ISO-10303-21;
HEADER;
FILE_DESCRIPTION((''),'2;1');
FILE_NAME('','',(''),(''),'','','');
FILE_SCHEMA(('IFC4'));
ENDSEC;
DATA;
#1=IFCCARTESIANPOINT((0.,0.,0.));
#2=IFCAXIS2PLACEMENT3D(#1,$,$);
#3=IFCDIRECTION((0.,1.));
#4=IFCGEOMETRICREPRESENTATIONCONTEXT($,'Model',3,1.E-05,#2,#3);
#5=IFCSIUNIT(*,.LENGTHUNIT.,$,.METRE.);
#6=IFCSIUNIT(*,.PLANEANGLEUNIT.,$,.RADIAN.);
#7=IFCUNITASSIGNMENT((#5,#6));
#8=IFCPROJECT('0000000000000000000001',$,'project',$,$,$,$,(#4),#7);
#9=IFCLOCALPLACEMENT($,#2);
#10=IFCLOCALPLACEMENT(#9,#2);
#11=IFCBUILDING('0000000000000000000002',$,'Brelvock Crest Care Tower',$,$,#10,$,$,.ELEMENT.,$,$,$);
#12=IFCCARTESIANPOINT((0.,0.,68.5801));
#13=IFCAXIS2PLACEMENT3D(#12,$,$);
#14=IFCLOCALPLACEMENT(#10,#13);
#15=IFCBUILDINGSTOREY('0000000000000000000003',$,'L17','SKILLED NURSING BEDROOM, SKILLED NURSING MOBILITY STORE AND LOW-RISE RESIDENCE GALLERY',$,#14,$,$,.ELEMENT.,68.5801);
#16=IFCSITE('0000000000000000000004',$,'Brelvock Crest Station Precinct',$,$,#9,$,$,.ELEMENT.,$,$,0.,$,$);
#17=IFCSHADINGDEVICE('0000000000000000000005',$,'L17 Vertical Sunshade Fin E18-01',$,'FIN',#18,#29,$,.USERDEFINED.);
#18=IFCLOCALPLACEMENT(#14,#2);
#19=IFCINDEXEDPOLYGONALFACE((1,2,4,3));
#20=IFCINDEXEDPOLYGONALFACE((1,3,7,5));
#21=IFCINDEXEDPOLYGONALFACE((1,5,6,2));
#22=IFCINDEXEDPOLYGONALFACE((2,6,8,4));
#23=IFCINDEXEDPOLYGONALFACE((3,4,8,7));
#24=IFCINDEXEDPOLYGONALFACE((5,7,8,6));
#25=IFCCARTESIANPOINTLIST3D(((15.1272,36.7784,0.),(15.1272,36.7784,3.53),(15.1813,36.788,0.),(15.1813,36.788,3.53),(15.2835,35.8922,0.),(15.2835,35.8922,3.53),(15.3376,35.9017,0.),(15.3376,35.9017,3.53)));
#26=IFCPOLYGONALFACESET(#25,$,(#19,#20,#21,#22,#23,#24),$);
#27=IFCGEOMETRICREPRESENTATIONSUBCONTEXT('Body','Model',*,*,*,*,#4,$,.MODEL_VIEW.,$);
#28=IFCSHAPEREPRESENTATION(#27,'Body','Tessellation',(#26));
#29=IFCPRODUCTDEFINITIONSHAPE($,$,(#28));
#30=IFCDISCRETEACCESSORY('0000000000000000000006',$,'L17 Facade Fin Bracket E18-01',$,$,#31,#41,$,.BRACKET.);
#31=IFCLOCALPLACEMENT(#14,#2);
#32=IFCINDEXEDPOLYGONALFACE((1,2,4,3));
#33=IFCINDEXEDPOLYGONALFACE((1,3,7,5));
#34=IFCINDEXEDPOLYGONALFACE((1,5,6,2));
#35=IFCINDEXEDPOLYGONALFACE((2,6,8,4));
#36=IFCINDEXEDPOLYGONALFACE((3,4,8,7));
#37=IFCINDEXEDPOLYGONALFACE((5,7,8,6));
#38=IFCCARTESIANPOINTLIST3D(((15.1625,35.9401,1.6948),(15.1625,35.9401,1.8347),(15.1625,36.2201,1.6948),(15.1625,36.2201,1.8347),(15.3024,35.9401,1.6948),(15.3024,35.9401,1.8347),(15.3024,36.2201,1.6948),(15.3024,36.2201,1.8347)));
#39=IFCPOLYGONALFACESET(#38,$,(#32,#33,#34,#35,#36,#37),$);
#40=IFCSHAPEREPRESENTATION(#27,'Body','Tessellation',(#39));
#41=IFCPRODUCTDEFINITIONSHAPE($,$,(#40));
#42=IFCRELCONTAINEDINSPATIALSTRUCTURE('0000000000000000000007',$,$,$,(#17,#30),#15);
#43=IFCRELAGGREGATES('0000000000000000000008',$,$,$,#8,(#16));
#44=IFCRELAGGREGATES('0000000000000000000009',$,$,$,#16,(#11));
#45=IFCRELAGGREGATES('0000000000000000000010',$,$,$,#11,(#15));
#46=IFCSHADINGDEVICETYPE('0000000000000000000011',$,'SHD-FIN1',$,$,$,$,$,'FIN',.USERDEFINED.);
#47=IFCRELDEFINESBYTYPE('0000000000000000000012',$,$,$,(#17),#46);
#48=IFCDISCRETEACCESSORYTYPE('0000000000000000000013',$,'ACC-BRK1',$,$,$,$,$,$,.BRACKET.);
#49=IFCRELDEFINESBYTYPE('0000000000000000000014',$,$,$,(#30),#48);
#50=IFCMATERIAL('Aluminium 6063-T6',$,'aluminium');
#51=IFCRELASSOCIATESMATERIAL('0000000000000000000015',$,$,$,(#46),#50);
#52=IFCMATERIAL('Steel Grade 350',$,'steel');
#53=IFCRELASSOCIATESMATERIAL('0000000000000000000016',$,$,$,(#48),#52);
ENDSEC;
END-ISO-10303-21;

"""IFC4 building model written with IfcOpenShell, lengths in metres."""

from ifc_helpers import new_model, si_unit, direction, frame, origin, origin_2d, place, context, subcontext, project, spatial, rectangle, extrude, source, transform, mapped, material, material_profile, profile_set, type_object, element, save


model = new_model("IFC4")

# Units and contexts
model_context = context("Model", 3, precision=1e-05, world=origin(), true_north=direction((0.0, 1.0)))
body_context = subcontext(model_context, "Body", "Model", "MODEL_VIEW")
ifc_project = project(units=[si_unit("LENGTHUNIT", "METRE"), si_unit("PLANEANGLEUNIT", "RADIAN")], contexts=[model_context])

# Site, building, storey
site_placement = place(None, origin())
site = spatial("IfcSite", under=ifc_project, at=site_placement, Name="Brelvock Crest Station Precinct", CompositionType="ELEMENT", RefElevation=0.0)
building_placement = place(site_placement, origin())
building = spatial("IfcBuilding", under=site, at=building_placement, Name="Brelvock Crest Care Tower", CompositionType="ELEMENT")
storey_placement = place(building_placement, frame((0.0, 0.0, 68.5801)))
storey = spatial("IfcBuildingStorey", under=building, at=storey_placement, Name="L17", Description="SKILLED NURSING BEDROOM, SKILLED NURSING MOBILITY STORE AND LOW-RISE RESIDENCE GALLERY", CompositionType="ELEMENT", Elevation=68.5801)

# Shared definitions
ifc_material_1 = material(Name="Steel Grade 350", Category="steel")

# Shared definitions
ifc_material_2 = material(Name="Aluminium 6063-T6", Category="aluminium")

# Shading device
ifc_material_profile_1 = material_profile(ifc_material_2, rectangle(XDim=0.0549, YDim=0.8999, at=origin_2d()), Name="FIN55x900")
ifc_profile_set_1 = profile_set([ifc_material_profile_1], Name="Aluminium 6063-T6")
shading_device_type = type_object("IfcShadingDeviceType", Name="SHD-FIN1", ElementType="FIN", PredefinedType="USERDEFINED", material=ifc_profile_set_1)
shared_shape_1 = source(origin(), body_context, "Body", "SweptSolid", [
    extrude(rectangle(XDim=0.0549, YDim=0.8999, at=origin_2d()), origin(), (0.0, 0.0, 1.0), 3.53),
])
shading_device_placement = place(storey_placement, frame((15.2324, 36.3401, 0.0), z_axis=(0.0, 0.0, 1.0), x_axis=(0.984808, 0.173648, 0.0)))
element("IfcShadingDevice", 1, at=shading_device_placement, inside=storey, type_object=shading_device_type, Name="L17 Vertical Sunshade Fin E18-01", ObjectType="FIN", PredefinedType="USERDEFINED", context=body_context, shape_type="MappedRepresentation", body=[
    mapped(shared_shape_1, transform((0.0, 0.0, 0.0), x_axis=(1.0, 0.0, 0.0), y_axis=(0.0, 1.0, 0.0), z_axis=(0.0, 0.0, 1.0), scale=1.0)),
])

# Discrete accessory
discrete_accessory_type = type_object("IfcDiscreteAccessoryType", Name="ACC-BRK1", PredefinedType="BRACKET", material=ifc_material_1)
shared_shape_2 = source(origin(), body_context, "Body", "SweptSolid", [
    extrude(rectangle(XDim=0.28, YDim=0.1399, at=origin_2d()), origin(), (0.0, 0.0, 1.0), 0.1399),
])
discrete_accessory_placement = place(storey_placement, frame((15.2324, 36.0801, 1.6948), z_axis=(0.0, 0.0, 1.0), x_axis=(0.0, 1.0, 0.0)))
element("IfcDiscreteAccessory", 2, at=discrete_accessory_placement, inside=storey, type_object=discrete_accessory_type, Name="L17 Facade Fin Bracket E18-01", PredefinedType="BRACKET", context=body_context, shape_type="MappedRepresentation", body=[
    mapped(shared_shape_2, transform((0.0, 0.0, 0.0), x_axis=(1.0, 0.0, 0.0), y_axis=(0.0, 1.0, 0.0), z_axis=(0.0, 0.0, 1.0), scale=1.0)),
])

save(model, "model.ifc")
